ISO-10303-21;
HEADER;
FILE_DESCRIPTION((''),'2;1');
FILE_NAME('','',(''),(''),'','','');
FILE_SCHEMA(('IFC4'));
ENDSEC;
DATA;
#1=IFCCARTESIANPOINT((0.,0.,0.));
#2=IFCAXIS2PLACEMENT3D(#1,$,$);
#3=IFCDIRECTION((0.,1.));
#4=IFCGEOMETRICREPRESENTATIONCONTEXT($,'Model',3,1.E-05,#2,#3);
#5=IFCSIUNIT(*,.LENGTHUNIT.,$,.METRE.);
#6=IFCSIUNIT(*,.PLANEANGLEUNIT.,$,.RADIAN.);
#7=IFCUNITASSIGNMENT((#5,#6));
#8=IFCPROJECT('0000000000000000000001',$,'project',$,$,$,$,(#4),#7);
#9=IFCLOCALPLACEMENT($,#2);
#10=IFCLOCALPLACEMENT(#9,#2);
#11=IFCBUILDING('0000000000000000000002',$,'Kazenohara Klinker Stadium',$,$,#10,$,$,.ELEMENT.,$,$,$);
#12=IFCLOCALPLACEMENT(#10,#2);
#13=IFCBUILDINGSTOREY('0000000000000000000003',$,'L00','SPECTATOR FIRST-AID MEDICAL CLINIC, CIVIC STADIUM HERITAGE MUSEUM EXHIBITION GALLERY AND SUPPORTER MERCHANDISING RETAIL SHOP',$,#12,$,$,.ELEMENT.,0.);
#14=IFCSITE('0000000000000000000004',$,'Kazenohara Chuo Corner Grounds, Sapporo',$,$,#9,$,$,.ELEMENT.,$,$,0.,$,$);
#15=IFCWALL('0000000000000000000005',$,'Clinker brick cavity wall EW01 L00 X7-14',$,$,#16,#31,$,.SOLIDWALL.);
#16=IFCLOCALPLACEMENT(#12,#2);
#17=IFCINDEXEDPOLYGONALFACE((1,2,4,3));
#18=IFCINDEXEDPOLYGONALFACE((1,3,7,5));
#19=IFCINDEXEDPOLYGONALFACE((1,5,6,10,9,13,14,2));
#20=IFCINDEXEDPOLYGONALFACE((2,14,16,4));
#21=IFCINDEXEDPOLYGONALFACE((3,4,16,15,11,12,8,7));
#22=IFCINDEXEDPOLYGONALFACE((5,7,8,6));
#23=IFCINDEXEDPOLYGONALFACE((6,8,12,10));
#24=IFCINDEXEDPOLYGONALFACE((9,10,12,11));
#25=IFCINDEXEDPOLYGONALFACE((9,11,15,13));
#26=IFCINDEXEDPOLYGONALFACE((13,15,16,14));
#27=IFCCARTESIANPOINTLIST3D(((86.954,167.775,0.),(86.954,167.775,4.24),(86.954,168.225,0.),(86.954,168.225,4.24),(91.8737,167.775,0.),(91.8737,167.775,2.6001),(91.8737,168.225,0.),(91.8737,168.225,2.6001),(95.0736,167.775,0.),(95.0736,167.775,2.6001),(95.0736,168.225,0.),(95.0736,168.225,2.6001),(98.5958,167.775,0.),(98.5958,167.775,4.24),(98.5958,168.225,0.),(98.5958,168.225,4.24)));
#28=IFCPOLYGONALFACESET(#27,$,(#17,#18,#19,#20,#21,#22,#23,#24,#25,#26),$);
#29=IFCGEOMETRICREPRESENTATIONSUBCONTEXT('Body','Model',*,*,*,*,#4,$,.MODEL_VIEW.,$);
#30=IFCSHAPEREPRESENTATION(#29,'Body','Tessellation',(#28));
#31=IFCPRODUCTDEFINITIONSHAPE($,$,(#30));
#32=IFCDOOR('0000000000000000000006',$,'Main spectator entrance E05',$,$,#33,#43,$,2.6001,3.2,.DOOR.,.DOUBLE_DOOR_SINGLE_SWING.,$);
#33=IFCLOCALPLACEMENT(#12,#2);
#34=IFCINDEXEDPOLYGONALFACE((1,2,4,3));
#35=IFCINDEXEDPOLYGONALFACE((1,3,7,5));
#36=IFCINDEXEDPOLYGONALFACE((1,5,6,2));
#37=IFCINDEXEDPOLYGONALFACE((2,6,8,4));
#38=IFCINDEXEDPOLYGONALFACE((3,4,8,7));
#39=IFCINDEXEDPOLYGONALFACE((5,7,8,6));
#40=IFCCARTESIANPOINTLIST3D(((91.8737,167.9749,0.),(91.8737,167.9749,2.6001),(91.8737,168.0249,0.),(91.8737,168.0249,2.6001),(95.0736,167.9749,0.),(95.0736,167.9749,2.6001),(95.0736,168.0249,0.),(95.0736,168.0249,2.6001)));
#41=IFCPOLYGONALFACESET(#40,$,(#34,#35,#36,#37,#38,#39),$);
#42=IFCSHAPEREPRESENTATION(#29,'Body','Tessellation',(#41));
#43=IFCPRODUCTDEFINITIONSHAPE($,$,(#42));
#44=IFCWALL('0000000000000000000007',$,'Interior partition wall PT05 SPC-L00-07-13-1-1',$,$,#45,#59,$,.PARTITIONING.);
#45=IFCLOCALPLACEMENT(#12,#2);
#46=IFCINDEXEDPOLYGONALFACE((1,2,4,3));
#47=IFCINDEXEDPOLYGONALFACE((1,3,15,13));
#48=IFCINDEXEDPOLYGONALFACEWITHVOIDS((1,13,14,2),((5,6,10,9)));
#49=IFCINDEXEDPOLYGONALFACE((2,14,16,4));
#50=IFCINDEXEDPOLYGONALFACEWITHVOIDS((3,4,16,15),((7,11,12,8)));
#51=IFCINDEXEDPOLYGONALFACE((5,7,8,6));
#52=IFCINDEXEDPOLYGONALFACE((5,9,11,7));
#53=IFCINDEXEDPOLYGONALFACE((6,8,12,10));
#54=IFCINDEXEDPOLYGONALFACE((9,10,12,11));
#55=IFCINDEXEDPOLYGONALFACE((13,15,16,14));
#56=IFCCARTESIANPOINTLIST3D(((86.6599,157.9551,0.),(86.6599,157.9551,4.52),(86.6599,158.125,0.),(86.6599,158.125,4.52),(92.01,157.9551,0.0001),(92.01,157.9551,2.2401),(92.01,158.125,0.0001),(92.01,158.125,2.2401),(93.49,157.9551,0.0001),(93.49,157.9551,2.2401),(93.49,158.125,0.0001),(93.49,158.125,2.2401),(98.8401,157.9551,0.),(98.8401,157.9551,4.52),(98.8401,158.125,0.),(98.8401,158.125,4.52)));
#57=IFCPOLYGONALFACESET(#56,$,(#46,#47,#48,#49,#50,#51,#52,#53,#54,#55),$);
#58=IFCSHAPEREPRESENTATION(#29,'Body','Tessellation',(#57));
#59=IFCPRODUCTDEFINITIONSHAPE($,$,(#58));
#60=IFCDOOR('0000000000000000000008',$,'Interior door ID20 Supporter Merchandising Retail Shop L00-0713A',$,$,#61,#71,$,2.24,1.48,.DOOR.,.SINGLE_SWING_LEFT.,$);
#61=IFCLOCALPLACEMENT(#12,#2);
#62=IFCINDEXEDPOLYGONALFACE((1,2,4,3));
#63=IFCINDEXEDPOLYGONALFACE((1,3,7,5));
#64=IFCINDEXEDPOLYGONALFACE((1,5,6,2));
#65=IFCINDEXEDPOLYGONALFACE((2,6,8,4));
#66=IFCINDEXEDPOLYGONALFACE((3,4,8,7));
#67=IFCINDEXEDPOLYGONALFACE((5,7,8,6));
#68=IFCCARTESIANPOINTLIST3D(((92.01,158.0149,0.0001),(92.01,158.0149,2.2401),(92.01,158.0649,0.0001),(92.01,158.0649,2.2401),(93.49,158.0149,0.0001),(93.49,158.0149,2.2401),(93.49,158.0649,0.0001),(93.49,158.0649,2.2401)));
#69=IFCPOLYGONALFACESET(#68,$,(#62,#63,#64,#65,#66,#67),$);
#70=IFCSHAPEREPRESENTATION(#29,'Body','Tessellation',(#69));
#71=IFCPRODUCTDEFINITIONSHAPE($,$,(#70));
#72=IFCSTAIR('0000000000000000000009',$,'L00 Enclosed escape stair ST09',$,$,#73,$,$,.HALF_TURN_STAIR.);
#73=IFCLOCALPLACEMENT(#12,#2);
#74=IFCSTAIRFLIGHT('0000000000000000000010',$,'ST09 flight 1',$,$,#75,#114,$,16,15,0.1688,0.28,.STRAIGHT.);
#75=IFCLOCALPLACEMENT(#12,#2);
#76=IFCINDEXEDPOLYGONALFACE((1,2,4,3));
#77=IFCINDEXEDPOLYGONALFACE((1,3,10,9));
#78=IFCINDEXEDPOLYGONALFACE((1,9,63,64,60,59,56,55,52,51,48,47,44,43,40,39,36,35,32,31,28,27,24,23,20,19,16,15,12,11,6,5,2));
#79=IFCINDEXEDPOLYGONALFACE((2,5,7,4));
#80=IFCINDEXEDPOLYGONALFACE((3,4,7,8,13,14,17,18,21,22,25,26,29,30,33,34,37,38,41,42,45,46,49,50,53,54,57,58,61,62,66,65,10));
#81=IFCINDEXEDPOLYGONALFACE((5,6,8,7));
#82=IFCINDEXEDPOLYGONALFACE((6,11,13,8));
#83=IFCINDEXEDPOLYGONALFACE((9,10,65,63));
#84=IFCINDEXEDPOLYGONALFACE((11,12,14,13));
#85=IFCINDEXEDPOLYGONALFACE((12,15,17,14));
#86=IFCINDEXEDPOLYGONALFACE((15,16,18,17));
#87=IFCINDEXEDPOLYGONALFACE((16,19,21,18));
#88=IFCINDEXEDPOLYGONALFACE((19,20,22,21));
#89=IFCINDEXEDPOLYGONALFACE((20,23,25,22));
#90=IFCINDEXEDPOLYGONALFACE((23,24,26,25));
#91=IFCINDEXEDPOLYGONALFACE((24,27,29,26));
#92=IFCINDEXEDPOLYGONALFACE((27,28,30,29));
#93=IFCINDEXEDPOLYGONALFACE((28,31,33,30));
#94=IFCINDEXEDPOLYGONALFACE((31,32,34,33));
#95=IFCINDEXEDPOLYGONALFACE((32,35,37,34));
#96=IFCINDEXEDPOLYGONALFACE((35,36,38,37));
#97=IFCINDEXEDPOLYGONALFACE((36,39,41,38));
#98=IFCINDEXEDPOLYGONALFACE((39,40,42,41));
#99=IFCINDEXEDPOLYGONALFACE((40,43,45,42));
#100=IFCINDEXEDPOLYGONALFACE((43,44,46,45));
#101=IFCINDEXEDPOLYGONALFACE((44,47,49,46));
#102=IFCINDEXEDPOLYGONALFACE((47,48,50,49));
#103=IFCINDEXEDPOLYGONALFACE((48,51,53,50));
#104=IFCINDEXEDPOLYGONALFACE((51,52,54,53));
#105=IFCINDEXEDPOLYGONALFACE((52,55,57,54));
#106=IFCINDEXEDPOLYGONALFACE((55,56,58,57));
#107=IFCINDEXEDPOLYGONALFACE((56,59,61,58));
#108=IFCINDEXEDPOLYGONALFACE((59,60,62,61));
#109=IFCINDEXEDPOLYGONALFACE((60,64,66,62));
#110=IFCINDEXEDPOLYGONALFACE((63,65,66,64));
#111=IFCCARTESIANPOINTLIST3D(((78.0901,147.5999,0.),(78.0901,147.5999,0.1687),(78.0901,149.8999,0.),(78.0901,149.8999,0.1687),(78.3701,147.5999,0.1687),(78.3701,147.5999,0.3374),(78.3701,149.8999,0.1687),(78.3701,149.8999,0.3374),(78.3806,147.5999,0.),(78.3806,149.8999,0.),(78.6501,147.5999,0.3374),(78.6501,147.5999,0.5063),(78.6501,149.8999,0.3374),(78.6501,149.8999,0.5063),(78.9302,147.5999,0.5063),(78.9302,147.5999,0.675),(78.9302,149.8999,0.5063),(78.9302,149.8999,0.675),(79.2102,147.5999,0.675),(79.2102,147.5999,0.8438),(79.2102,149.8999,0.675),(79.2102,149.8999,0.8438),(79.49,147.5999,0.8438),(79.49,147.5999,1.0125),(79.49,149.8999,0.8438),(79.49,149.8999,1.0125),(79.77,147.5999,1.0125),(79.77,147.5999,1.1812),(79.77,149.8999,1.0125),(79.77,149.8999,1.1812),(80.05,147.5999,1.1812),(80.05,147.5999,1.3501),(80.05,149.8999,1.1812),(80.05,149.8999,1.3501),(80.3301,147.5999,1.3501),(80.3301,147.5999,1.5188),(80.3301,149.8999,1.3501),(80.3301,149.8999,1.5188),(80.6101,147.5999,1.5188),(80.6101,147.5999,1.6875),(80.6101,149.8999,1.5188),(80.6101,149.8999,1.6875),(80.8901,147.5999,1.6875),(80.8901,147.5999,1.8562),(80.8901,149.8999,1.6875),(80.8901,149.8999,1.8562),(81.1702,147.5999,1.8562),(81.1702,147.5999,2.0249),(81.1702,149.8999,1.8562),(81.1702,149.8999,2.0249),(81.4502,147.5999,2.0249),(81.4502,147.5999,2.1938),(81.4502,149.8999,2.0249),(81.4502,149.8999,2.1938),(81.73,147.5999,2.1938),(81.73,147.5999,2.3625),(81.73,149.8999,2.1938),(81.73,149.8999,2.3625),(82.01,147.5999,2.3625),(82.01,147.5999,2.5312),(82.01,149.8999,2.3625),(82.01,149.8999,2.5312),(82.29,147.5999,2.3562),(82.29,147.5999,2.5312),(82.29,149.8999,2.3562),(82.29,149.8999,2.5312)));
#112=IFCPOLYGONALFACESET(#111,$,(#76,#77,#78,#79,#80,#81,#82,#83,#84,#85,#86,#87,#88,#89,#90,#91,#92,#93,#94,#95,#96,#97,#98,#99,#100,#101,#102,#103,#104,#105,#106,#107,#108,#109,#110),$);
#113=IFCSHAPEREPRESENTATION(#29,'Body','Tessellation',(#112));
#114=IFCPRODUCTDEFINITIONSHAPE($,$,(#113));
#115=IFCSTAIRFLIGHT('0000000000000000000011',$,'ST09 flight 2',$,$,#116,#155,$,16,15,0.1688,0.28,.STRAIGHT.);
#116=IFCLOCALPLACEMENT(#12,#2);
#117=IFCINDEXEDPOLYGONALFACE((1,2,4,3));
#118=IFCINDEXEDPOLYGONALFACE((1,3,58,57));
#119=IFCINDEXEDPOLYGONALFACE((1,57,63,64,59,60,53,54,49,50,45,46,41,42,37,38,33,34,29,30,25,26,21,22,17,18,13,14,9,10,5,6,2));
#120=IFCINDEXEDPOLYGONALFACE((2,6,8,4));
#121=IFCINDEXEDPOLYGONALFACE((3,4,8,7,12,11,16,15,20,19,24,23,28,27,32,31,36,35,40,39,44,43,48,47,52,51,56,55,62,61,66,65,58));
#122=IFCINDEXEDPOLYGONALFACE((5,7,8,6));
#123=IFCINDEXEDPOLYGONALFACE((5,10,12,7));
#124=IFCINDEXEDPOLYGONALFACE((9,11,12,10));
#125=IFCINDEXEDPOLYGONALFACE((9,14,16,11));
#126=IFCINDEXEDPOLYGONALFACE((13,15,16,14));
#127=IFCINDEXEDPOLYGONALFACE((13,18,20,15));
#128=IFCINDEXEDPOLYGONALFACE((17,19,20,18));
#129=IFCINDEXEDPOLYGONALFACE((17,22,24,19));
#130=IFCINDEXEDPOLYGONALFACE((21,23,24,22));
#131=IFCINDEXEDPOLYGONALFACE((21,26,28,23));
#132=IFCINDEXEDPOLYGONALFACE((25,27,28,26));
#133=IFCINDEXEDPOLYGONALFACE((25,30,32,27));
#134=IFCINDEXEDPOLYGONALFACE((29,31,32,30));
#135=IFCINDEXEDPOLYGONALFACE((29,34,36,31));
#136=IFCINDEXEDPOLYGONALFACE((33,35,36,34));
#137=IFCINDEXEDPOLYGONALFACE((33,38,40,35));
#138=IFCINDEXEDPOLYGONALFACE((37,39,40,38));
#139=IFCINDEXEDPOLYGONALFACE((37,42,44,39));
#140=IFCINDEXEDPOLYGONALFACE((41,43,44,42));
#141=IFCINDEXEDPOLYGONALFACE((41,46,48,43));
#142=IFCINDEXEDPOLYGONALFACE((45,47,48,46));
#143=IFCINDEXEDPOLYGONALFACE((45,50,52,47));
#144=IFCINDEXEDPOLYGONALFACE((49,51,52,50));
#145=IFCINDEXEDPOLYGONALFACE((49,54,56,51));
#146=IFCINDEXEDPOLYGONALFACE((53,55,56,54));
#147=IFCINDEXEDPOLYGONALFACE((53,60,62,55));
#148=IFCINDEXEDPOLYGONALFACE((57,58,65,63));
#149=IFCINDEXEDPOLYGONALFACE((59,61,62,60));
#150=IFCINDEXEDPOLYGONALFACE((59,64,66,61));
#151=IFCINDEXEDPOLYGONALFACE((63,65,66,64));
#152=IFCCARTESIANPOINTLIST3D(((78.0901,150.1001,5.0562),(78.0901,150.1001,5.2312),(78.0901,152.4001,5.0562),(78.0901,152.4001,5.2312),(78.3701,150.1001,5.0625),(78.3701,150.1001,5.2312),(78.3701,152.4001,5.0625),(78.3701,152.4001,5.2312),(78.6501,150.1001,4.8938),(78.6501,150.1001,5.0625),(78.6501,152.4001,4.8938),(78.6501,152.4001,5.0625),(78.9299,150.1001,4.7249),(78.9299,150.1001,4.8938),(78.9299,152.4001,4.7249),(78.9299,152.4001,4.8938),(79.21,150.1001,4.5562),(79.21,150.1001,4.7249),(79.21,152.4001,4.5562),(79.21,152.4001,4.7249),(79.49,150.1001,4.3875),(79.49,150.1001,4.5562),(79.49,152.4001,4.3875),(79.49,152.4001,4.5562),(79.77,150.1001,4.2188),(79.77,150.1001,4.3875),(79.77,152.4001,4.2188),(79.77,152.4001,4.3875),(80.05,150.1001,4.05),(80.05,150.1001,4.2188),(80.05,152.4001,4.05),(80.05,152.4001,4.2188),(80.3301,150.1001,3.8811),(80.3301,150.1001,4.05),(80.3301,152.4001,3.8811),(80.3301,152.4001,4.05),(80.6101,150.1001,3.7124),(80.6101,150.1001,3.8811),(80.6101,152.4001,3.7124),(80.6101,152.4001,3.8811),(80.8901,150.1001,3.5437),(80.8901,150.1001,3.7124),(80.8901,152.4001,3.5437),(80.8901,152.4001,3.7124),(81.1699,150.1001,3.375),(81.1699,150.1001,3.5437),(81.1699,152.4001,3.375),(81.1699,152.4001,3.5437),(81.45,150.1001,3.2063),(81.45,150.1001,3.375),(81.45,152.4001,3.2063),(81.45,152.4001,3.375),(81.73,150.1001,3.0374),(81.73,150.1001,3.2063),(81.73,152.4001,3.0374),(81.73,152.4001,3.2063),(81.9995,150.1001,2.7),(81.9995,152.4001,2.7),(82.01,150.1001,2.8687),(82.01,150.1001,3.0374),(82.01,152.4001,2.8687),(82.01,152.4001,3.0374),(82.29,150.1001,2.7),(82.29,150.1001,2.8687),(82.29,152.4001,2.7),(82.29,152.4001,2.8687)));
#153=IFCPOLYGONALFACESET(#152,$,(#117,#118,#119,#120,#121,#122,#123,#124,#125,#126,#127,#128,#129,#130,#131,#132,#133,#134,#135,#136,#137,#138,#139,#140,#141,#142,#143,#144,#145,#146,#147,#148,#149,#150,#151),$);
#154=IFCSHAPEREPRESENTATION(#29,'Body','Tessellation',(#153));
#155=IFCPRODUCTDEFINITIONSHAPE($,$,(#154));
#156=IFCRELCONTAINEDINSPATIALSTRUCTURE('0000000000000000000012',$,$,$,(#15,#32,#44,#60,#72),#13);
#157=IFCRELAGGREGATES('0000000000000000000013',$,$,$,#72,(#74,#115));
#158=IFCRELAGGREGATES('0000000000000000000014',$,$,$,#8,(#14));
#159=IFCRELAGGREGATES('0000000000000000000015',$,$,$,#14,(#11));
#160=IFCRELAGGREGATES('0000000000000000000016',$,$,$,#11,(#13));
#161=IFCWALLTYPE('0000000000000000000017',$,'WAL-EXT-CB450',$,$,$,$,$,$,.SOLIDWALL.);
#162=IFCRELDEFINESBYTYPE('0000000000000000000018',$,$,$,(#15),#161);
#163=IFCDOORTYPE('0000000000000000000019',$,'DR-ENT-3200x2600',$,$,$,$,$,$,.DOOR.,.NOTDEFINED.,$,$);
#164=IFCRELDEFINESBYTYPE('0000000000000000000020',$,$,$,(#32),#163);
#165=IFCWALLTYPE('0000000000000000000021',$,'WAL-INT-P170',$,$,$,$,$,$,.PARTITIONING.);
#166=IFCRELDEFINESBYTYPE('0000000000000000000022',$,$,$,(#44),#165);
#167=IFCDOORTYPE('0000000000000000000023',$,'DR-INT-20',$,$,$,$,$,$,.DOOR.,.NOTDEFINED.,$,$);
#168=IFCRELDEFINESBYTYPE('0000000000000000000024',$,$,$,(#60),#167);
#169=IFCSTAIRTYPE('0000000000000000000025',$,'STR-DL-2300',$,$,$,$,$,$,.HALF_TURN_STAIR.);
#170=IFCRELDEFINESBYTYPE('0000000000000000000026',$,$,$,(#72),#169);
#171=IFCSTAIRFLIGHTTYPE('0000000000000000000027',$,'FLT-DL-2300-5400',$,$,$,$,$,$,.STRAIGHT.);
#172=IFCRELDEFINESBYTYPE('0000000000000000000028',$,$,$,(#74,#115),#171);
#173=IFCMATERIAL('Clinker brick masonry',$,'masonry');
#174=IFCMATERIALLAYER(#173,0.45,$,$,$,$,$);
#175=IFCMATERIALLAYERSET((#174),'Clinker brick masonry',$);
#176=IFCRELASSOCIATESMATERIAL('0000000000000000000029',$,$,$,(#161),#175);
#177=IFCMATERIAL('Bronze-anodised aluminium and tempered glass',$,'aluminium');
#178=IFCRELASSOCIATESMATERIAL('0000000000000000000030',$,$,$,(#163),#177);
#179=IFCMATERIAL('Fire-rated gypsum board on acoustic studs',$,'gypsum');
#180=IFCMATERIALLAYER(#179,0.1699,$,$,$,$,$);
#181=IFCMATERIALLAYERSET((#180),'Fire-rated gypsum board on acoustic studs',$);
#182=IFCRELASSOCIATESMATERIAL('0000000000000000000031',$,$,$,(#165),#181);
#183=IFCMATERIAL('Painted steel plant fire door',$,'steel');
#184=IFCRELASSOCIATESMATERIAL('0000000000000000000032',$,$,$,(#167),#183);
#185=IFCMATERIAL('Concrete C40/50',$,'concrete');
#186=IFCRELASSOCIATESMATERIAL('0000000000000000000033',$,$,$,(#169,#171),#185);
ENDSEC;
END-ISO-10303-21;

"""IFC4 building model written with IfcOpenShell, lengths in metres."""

from ifc_helpers import new_model, si_unit, direction, frame, frame_2d, origin, place, context, subcontext, project, spatial, polyline, rectangle, outline, extrude, material, layer, layer_set, type_object, element, fill, aggregate, save


model = new_model("IFC4")

# Units and contexts
model_context = context("Model", 3, precision=1e-05, world=origin(), true_north=direction((0.0, 1.0)))
body_context = subcontext(model_context, "Body", "Model", "MODEL_VIEW")
ifc_project = project(units=[si_unit("LENGTHUNIT", "METRE"), si_unit("PLANEANGLEUNIT", "RADIAN")], contexts=[model_context])

# Site, building, storey
site_placement = place(None, origin())
site = spatial("IfcSite", under=ifc_project, at=site_placement, Name="Kazenohara Chuo Corner Grounds, Sapporo", CompositionType="ELEMENT", RefElevation=0.0)
building_placement = place(site_placement, origin())
building = spatial("IfcBuilding", under=site, at=building_placement, Name="Kazenohara Klinker Stadium", CompositionType="ELEMENT")
storey_placement = place(building_placement, origin())
storey = spatial("IfcBuildingStorey", under=building, at=storey_placement, Name="L00", Description="SPECTATOR FIRST-AID MEDICAL CLINIC, CIVIC STADIUM HERITAGE MUSEUM EXHIBITION GALLERY AND SUPPORTER MERCHANDISING RETAIL SHOP", CompositionType="ELEMENT", Elevation=0.0)

# Shared definitions
ifc_material_1 = material(Name="Concrete C40/50", Category="concrete")

# Walls, openings, doors
ifc_material_2 = material(Name="Clinker brick masonry", Category="masonry")
ifc_layer_1 = layer(ifc_material_2, 0.45)
ifc_layer_set_1 = layer_set([ifc_layer_1], Name="Clinker brick masonry")
wall_type_1 = type_object("IfcWallType", Name="WAL-EXT-CB450", PredefinedType="SOLIDWALL", material=ifc_layer_set_1)
wall_1_placement = place(storey_placement, frame((86.9541, 168.0, 0.0), z_axis=(0.0, 0.0, 1.0), x_axis=(1.0, 0.0, 0.0)))
wall_1 = element("IfcWall", 1, at=wall_1_placement, inside=storey, type_object=wall_type_1, Name="Clinker brick cavity wall EW01 L00 X7-14", PredefinedType="SOLIDWALL", context=body_context, shape_type="SweptSolid", body=[
    extrude(rectangle(XDim=11.6418, YDim=0.45, at=frame_2d((5.8208, 0.0))), origin(), (0.0, 0.0, 1.0), 4.24),
])
opening_1_placement = place(wall_1_placement, frame((4.9194, 0.0, 0.0)))
opening_1 = element("IfcOpeningElement", 2, at=opening_1_placement, cuts=wall_1, PredefinedType="OPENING", context=body_context, shape_type="SweptSolid", body=[
    extrude(rectangle(XDim=3.2, YDim=2.6001, at=frame_2d((1.6001, 1.3))), frame((0.0, 0.2349, 0.0), z_axis=(0.0, -1.0, 0.0), x_axis=(1.0, 0.0, 0.0)), (0.0, 0.0, 1.0), 0.47),
])
ifc_material_3 = material(Name="Bronze-anodised aluminium and tempered glass", Category="aluminium")
door_type_1 = type_object("IfcDoorType", Name="DR-ENT-3200x2600", OperationType="NOTDEFINED", PredefinedType="DOOR", material=ifc_material_3)
door_1_placement = place(opening_1_placement, origin())
door_1 = element("IfcDoor", 3, at=door_1_placement, inside=storey, type_object=door_type_1, Name="Main spectator entrance E05", OperationType="DOUBLE_DOOR_SINGLE_SWING", OverallHeight=2.6001, OverallWidth=3.2, PredefinedType="DOOR", context=body_context, shape_type="SweptSolid", body=[
    extrude(rectangle(XDim=3.2, YDim=2.6001, at=frame_2d((1.6001, 1.3))), frame((0.0, 0.0249, 0.0), z_axis=(0.0, -1.0, 0.0), x_axis=(1.0, 0.0, 0.0)), (0.0, 0.0, 1.0), 0.05),
])
fill(opening_1, door_1)
ifc_material_4 = material(Name="Fire-rated gypsum board on acoustic studs", Category="gypsum")
ifc_layer_2 = layer(ifc_material_4, 0.1699)
ifc_layer_set_2 = layer_set([ifc_layer_2], Name="Fire-rated gypsum board on acoustic studs")
wall_type_2 = type_object("IfcWallType", Name="WAL-INT-P170", PredefinedType="PARTITIONING", material=ifc_layer_set_2)
wall_2_placement = place(storey_placement, frame((86.6599, 158.04, 0.0), z_axis=(0.0, 0.0, 1.0), x_axis=(1.0, 0.0, 0.0)))
wall_2 = element("IfcWall", 4, at=wall_2_placement, inside=storey, type_object=wall_type_2, Name="Interior partition wall PT05 SPC-L00-07-13-1-1", PredefinedType="PARTITIONING", context=body_context, shape_type="SweptSolid", body=[
    extrude(rectangle(XDim=12.1802, YDim=0.1699, at=frame_2d((6.0901, 0.0))), origin(), (0.0, 0.0, 1.0), 4.52),
])
opening_2_placement = place(wall_2_placement, frame((5.3501, 0.0, 0.0)))
opening_2 = element("IfcOpeningElement", 5, at=opening_2_placement, cuts=wall_2, PredefinedType="OPENING", context=body_context, shape_type="SweptSolid", body=[
    extrude(rectangle(XDim=1.48, YDim=2.24, at=frame_2d((0.74, 1.1201))), frame((0.0, 0.095, 0.0), z_axis=(0.0, -1.0, 0.0), x_axis=(1.0, 0.0, 0.0)), (0.0, 0.0, 1.0), 0.1899),
])
ifc_material_5 = material(Name="Painted steel plant fire door", Category="steel")
door_type_2 = type_object("IfcDoorType", Name="DR-INT-20", OperationType="NOTDEFINED", PredefinedType="DOOR", material=ifc_material_5)
door_2_placement = place(opening_2_placement, origin())
door_2 = element("IfcDoor", 6, at=door_2_placement, inside=storey, type_object=door_type_2, Name="Interior door ID20 Supporter Merchandising Retail Shop L00-0713A", OperationType="SINGLE_SWING_LEFT", OverallHeight=2.24, OverallWidth=1.48, PredefinedType="DOOR", context=body_context, shape_type="SweptSolid", body=[
    extrude(rectangle(XDim=1.48, YDim=2.24, at=frame_2d((0.74, 1.1201))), frame((0.0, 0.0249, 0.0), z_axis=(0.0, -1.0, 0.0), x_axis=(1.0, 0.0, 0.0)), (0.0, 0.0, 1.0), 0.05),
])
fill(opening_2, door_2)

# Stair, stair flights
stair_type = type_object("IfcStairType", Name="STR-DL-2300", PredefinedType="HALF_TURN_STAIR", material=ifc_material_1)
stair_placement = place(storey_placement, origin())
stair = element("IfcStair", 7, at=stair_placement, inside=storey, type_object=stair_type, Name="L00 Enclosed escape stair ST09", PredefinedType="HALF_TURN_STAIR")
stair_flight_type = type_object("IfcStairFlightType", Name="FLT-DL-2300-5400", PredefinedType="STRAIGHT", material=ifc_material_1)
stair_flight_1_placement = place(storey_placement, frame((78.0901, 148.75, 0.0), z_axis=(0.0, 0.0, 1.0), x_axis=(1.0, 0.0, 0.0)))
stair_flight_1 = element("IfcStairFlight", 8, at=stair_flight_1_placement, type_object=stair_flight_type, Name="ST09 flight 1", NumberOfRisers=16, NumberOfTreads=15, PredefinedType="STRAIGHT", RiserHeight=0.1688, TreadLength=0.28, context=body_context, shape_type="SweptSolid", body=[
    extrude(outline(polyline([(0.0, 0.0), (0.0, 0.1687), (0.28, 0.1687), (0.28, 0.3374), (0.5601, 0.3374), (0.5601, 0.5063), (0.8401, 0.5063), (0.8401, 0.675), (1.1201, 0.675), (1.1201, 0.8438), (1.3999, 0.8438), (1.3999, 1.0125), (1.6799, 1.0125), (1.6799, 1.1812), (1.96, 1.1812), (1.96, 1.3501), (2.24, 1.3501), (2.24, 1.5188), (2.52, 1.5188), (2.52, 1.6875), (2.8, 1.6875), (2.8, 1.8562), (3.0801, 1.8562), (3.0801, 2.0249), (3.3601, 2.0249), (3.3601, 2.1938), (3.6399, 2.1938), (3.6399, 2.3625), (3.9199, 2.3625), (3.9199, 2.5312), (4.2, 2.5312), (4.2, 2.7), (4.2, 2.3562), (0.2905, 0.0), (0.0, 0.0)])), frame((0.0, 1.1499, 0.0), z_axis=(0.0, -1.0, 0.0), x_axis=(1.0, 0.0, 0.0)), (0.0, 0.0, 1.0), 2.3),
])
stair_flight_2_placement = place(storey_placement, frame((82.29, 151.25, 2.7), z_axis=(0.0, 0.0, 1.0), x_axis=(-1.0, 0.0, 0.0)))
stair_flight_2 = element("IfcStairFlight", 9, at=stair_flight_2_placement, type_object=stair_flight_type, Name="ST09 flight 2", NumberOfRisers=16, NumberOfTreads=15, PredefinedType="STRAIGHT", RiserHeight=0.1688, TreadLength=0.28, context=body_context, shape_type="SweptSolid", body=[
    extrude(outline(polyline([(0.0, 0.0), (0.0, 0.1687), (0.28, 0.1687), (0.28, 0.3374), (0.5601, 0.3374), (0.5601, 0.5063), (0.8401, 0.5063), (0.8401, 0.675), (1.1201, 0.675), (1.1201, 0.8438), (1.3999, 0.8438), (1.3999, 1.0125), (1.6799, 1.0125), (1.6799, 1.1812), (1.96, 1.1812), (1.96, 1.3501), (2.24, 1.3501), (2.24, 1.5188), (2.52, 1.5188), (2.52, 1.6875), (2.8, 1.6875), (2.8, 1.8562), (3.0801, 1.8562), (3.0801, 2.0249), (3.3601, 2.0249), (3.3601, 2.1938), (3.6399, 2.1938), (3.6399, 2.3625), (3.9199, 2.3625), (3.9199, 2.5312), (4.2, 2.5312), (4.2, 2.7), (4.2, 2.3562), (0.2905, 0.0), (0.0, 0.0)])), frame((0.0, 1.1499, 0.0), z_axis=(0.0, -1.0, 0.0), x_axis=(1.0, 0.0, 0.0)), (0.0, 0.0, 1.0), 2.3),
])
aggregate(stair, [stair_flight_1, stair_flight_2])

save(model, "model.ifc")
